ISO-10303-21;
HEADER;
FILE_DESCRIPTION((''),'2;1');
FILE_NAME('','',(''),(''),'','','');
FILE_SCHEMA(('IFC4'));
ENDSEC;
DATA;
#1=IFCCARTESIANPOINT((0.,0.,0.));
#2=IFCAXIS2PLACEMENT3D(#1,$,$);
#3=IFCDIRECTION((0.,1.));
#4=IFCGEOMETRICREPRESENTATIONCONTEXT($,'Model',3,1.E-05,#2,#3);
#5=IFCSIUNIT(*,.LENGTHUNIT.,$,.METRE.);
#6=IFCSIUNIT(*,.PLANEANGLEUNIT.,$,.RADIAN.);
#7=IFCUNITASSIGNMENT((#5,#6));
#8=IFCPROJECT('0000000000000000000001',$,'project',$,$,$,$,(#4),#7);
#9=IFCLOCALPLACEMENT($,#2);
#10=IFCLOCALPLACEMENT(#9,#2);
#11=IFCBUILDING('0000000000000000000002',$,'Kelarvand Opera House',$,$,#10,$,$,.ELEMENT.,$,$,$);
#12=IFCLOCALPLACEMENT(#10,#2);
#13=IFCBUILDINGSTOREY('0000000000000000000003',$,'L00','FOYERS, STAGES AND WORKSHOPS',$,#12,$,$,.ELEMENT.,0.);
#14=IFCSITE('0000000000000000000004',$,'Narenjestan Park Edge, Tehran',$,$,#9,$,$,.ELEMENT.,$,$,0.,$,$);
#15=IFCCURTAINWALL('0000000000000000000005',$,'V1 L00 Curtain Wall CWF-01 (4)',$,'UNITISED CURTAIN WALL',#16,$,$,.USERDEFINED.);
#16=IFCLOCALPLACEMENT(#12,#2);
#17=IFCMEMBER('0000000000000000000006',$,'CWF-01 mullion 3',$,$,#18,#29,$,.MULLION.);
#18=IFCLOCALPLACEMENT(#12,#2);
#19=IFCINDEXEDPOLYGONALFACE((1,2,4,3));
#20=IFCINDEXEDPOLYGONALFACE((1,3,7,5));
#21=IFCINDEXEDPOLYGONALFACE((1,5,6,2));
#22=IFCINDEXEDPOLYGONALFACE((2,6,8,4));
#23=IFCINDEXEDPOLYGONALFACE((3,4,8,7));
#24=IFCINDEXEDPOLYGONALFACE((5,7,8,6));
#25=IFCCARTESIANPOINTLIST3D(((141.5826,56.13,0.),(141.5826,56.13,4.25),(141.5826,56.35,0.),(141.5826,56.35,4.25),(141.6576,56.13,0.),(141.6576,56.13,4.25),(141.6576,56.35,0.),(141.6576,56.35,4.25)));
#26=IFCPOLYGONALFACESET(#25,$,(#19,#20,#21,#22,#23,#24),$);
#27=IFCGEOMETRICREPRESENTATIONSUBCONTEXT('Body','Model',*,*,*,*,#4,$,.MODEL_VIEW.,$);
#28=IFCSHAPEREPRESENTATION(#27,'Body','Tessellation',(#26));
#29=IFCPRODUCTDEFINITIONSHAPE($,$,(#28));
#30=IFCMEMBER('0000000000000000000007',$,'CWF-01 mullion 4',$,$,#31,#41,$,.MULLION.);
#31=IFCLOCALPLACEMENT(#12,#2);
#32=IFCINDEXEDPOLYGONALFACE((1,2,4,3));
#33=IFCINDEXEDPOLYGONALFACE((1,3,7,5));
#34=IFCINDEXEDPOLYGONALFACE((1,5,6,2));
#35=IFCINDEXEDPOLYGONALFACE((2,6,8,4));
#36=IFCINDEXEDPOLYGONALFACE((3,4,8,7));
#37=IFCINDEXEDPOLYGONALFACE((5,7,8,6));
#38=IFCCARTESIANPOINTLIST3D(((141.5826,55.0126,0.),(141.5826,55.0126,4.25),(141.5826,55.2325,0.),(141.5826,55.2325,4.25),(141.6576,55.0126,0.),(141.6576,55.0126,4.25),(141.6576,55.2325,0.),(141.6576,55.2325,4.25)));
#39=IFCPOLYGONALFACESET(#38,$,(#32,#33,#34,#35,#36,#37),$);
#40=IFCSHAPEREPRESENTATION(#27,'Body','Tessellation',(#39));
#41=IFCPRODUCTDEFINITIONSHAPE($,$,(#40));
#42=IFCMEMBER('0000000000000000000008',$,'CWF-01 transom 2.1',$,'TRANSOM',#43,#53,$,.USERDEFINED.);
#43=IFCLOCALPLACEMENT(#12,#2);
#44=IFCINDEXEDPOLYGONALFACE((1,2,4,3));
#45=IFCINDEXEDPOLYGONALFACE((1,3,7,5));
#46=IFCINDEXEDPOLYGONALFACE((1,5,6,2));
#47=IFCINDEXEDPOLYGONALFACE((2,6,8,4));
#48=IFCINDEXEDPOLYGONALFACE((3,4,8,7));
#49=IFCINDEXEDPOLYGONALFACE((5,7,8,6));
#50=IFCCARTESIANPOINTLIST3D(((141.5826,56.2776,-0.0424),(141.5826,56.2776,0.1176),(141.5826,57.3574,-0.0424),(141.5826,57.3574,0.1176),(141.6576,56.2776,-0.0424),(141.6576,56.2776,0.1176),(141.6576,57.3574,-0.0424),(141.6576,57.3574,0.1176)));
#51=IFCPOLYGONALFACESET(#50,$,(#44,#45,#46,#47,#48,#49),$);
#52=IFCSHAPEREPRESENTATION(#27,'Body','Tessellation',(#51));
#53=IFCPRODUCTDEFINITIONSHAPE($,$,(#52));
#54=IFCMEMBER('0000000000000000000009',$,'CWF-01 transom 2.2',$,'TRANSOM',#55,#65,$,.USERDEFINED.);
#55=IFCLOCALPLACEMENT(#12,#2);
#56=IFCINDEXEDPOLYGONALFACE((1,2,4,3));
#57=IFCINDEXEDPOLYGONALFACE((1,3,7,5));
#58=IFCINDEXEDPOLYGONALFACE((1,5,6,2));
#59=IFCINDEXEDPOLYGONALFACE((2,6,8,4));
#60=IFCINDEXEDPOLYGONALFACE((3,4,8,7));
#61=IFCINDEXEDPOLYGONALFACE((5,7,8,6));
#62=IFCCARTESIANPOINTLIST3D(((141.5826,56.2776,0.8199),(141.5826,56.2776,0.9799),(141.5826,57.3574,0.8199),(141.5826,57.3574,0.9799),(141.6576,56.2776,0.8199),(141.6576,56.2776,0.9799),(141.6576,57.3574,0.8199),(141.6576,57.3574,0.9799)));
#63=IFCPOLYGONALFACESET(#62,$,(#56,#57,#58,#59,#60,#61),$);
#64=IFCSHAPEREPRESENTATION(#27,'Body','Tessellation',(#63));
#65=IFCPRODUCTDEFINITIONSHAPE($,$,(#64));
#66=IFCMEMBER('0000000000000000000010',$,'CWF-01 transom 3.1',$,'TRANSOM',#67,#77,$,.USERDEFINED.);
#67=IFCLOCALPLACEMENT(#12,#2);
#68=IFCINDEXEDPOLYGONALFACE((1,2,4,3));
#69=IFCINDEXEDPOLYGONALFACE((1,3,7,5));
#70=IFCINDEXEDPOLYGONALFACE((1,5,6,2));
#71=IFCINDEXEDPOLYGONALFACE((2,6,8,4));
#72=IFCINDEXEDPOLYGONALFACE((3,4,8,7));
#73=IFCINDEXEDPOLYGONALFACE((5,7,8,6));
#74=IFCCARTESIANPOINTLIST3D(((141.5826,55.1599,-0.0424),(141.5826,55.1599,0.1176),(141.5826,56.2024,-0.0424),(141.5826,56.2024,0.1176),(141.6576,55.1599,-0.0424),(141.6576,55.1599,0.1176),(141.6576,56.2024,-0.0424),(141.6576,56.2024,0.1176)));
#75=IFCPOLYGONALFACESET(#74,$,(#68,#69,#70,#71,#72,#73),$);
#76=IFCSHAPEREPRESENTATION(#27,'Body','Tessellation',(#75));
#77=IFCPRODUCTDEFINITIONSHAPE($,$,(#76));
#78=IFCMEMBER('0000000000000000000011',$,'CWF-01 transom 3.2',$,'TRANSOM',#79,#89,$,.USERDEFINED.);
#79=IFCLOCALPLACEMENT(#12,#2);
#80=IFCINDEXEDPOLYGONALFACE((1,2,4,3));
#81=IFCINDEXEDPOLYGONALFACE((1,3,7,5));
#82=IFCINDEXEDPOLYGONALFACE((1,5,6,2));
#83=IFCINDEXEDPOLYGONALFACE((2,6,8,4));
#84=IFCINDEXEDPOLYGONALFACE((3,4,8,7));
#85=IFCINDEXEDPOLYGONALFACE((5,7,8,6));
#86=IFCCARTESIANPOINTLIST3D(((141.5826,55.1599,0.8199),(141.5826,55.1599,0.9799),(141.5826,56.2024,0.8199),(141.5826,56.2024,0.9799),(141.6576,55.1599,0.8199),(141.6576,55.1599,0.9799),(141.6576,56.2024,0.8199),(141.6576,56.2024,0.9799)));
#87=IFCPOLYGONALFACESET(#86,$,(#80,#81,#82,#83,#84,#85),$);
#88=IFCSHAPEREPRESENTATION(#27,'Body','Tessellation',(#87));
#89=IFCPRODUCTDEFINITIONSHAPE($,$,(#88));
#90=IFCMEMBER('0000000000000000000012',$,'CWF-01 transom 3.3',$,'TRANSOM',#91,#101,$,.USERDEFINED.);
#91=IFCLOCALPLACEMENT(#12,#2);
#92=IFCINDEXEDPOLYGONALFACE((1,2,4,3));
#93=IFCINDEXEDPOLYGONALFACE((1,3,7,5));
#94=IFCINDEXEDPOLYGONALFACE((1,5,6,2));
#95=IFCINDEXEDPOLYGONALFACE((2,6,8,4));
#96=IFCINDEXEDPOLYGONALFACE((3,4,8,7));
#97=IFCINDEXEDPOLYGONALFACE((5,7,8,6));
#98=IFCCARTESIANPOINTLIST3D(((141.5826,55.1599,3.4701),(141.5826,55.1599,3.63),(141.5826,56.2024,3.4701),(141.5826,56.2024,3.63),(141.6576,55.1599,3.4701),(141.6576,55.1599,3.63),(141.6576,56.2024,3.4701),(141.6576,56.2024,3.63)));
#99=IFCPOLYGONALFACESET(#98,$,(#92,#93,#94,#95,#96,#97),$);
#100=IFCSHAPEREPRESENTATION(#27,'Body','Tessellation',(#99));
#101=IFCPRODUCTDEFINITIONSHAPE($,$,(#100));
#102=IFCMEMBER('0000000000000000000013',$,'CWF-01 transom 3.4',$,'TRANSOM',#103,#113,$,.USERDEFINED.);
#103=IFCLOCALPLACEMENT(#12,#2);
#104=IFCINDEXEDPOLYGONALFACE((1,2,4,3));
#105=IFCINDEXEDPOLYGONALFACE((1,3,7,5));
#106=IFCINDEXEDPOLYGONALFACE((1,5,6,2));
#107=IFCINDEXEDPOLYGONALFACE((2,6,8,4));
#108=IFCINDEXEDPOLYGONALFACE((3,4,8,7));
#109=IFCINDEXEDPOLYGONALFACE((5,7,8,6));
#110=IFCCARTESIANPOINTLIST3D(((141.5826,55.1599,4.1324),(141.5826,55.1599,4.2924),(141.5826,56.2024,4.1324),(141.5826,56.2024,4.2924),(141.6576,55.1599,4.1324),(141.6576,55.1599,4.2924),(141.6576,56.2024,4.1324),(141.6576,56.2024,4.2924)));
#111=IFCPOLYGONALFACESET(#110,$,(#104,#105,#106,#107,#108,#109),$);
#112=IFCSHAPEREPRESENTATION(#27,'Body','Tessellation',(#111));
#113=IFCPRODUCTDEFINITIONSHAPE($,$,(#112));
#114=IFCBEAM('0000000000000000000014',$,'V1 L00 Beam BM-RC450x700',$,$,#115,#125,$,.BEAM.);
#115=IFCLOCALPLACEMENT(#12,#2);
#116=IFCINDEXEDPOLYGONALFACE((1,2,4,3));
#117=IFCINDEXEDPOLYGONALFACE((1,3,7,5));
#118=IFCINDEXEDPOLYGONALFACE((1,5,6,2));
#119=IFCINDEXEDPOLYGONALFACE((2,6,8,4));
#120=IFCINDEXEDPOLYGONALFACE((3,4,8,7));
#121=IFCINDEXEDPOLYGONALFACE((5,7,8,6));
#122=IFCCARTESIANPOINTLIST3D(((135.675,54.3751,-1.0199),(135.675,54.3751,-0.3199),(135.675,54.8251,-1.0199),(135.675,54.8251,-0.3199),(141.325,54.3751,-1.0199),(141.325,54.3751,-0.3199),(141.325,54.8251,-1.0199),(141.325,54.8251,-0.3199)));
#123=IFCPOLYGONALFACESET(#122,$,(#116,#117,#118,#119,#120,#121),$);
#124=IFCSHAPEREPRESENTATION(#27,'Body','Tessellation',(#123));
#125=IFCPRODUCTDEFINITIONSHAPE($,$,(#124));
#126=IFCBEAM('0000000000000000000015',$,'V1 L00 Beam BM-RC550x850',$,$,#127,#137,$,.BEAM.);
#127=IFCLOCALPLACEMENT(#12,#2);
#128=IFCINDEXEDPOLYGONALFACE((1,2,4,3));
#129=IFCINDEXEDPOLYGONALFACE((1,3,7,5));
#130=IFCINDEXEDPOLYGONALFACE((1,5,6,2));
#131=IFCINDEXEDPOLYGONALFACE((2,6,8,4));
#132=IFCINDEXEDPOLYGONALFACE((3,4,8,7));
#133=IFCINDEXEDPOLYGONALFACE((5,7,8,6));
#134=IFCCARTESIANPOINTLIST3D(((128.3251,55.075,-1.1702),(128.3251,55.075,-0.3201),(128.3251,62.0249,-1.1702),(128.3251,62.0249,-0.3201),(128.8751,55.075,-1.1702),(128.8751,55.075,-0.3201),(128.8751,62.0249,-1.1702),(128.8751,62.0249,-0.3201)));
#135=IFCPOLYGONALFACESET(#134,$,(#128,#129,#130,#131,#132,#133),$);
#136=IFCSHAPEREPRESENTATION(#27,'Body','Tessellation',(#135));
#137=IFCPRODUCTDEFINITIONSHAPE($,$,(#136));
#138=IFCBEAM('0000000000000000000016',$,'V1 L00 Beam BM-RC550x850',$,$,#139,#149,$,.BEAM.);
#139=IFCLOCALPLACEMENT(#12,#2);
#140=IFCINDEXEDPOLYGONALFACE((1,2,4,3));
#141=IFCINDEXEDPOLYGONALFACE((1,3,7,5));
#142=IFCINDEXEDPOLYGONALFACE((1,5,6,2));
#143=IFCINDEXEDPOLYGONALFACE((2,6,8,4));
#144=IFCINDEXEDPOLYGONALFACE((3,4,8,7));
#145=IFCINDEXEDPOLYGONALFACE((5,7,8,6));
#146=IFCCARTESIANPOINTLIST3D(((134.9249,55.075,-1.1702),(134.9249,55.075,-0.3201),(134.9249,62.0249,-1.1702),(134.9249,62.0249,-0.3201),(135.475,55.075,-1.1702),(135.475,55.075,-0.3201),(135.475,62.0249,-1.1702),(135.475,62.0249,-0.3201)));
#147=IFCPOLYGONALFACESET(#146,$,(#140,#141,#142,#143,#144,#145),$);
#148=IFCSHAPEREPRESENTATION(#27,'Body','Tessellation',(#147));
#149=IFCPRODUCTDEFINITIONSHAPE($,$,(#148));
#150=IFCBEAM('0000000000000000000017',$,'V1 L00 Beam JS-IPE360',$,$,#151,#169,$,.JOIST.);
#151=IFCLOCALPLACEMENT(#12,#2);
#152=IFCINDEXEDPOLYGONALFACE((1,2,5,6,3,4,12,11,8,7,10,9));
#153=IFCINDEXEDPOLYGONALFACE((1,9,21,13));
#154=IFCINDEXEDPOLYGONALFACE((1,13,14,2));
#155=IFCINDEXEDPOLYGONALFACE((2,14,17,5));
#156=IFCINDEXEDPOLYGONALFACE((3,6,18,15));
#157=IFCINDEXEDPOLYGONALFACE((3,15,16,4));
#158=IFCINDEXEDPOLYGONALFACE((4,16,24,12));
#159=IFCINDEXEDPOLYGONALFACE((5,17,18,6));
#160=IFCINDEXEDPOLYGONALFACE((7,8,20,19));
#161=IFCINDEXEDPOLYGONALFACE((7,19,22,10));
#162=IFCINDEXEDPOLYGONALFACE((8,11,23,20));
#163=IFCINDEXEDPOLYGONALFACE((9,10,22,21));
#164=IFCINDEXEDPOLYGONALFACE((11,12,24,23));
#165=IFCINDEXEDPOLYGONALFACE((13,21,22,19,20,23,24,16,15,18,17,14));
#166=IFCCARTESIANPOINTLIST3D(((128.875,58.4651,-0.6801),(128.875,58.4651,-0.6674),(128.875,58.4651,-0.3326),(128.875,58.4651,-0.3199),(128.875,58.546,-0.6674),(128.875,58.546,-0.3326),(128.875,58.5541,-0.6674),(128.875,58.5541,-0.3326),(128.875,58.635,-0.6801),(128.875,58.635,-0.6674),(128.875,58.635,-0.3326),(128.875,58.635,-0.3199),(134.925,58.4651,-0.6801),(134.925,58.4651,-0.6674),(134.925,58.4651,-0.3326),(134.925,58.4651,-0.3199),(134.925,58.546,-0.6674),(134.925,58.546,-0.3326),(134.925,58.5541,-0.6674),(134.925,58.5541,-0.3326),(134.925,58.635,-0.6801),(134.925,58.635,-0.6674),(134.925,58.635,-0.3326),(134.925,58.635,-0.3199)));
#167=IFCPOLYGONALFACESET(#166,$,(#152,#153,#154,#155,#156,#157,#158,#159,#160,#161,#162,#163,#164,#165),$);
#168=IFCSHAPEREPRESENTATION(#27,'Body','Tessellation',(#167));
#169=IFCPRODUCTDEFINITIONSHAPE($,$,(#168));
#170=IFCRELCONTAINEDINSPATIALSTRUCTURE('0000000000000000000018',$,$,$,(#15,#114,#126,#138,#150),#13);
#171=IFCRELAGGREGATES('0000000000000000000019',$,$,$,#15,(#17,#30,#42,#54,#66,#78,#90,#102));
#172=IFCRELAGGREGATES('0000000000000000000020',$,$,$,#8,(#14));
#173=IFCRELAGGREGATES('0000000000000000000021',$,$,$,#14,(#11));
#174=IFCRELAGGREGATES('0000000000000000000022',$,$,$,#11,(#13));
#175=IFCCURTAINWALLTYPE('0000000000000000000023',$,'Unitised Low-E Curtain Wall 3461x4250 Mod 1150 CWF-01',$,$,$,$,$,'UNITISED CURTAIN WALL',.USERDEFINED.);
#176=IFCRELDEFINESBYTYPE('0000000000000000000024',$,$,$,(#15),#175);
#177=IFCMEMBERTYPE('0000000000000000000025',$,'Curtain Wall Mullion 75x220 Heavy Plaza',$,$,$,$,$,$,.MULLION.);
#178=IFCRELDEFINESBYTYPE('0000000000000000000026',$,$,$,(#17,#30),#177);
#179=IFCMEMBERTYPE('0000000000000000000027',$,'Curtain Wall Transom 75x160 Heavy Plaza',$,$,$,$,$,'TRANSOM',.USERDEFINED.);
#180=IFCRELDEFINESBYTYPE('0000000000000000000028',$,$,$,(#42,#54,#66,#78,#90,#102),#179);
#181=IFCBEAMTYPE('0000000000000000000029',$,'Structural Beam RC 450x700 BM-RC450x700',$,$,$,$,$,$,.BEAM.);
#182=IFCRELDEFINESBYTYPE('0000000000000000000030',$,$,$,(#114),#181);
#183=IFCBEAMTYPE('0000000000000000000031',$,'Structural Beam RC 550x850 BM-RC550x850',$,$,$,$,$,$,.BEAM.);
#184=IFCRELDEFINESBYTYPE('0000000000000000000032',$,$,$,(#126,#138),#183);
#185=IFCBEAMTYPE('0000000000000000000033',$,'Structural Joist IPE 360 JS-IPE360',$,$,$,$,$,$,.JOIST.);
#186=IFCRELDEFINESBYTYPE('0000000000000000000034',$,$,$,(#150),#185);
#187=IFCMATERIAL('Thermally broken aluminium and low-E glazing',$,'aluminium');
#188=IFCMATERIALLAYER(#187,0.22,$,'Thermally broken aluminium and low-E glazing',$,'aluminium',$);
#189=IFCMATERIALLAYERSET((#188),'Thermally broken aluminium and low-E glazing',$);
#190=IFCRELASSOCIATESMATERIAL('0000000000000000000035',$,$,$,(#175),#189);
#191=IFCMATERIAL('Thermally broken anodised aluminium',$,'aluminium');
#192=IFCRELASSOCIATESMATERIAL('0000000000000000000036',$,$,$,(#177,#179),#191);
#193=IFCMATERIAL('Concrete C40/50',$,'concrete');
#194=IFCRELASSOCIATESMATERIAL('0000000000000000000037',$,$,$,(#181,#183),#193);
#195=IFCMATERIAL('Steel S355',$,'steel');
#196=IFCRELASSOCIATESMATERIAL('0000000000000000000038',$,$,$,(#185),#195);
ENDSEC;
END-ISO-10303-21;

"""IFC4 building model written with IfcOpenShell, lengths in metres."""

from ifc_helpers import new_model, si_unit, direction, frame, origin, origin_2d, place, context, subcontext, project, spatial, rectangle, i_section, extrude, material, layer, layer_set, material_profile, profile_set, type_object, element, aggregate, save


model = new_model("IFC4")

# Units and contexts
model_context = context("Model", 3, precision=1e-05, world=origin(), true_north=direction((0.0, 1.0)))
body_context = subcontext(model_context, "Body", "Model", "MODEL_VIEW")
ifc_project = project(units=[si_unit("LENGTHUNIT", "METRE"), si_unit("PLANEANGLEUNIT", "RADIAN")], contexts=[model_context])

# Site, building, storey
site_placement = place(None, origin())
site = spatial("IfcSite", under=ifc_project, at=site_placement, Name="Narenjestan Park Edge, Tehran", CompositionType="ELEMENT", RefElevation=0.0)
building_placement = place(site_placement, origin())
building = spatial("IfcBuilding", under=site, at=building_placement, Name="Kelarvand Opera House", CompositionType="ELEMENT")
storey_placement = place(building_placement, origin())
storey = spatial("IfcBuildingStorey", under=building, at=storey_placement, Name="L00", Description="FOYERS, STAGES AND WORKSHOPS", CompositionType="ELEMENT", Elevation=0.0)

# Curtain wall, members
ifc_material_1 = material(Name="Thermally broken aluminium and low-E glazing", Category="aluminium")
ifc_layer_1 = layer(ifc_material_1, 0.22, Name="Thermally broken aluminium and low-E glazing", Category="aluminium")
ifc_layer_set_1 = layer_set([ifc_layer_1], Name="Thermally broken aluminium and low-E glazing")
curtain_wall_type = type_object("IfcCurtainWallType", Name="Unitised Low-E Curtain Wall 3461x4250 Mod 1150 CWF-01", ElementType="UNITISED CURTAIN WALL", PredefinedType="USERDEFINED", material=ifc_layer_set_1)
curtain_wall_placement = place(storey_placement, origin())
curtain_wall = element("IfcCurtainWall", 1, at=curtain_wall_placement, inside=storey, type_object=curtain_wall_type, Name="V1 L00 Curtain Wall CWF-01 (4)", ObjectType="UNITISED CURTAIN WALL", PredefinedType="USERDEFINED")
ifc_material_2 = material(Name="Thermally broken anodised aluminium", Category="aluminium")
ifc_material_profile_1 = material_profile(ifc_material_2, rectangle(XDim=0.075, YDim=0.22, at=origin_2d()), Name="ALU MULLION 75x220", Category="aluminium")
ifc_profile_set_1 = profile_set([ifc_material_profile_1], Name="Thermally broken anodised aluminium")
member_type_1 = type_object("IfcMemberType", Name="Curtain Wall Mullion 75x220 Heavy Plaza", PredefinedType="MULLION", material=ifc_profile_set_1)
member_1_placement = place(storey_placement, frame((141.6201, 56.24, 0.0), z_axis=(0.0, 0.0, 1.0), x_axis=(1.0, 0.0, 0.0)))
member_1 = element("IfcMember", 2, at=member_1_placement, type_object=member_type_1, Name="CWF-01 mullion 3", PredefinedType="MULLION", context=body_context, shape_type="SweptSolid", body=[
    extrude(rectangle(XDim=0.075, YDim=0.22, at=origin_2d()), origin(), (0.0, 0.0, 1.0), 4.25),
])
member_2_placement = place(storey_placement, frame((141.6201, 55.1226, 0.0), z_axis=(0.0, 0.0, 1.0), x_axis=(1.0, 0.0, 0.0)))
member_2 = element("IfcMember", 3, at=member_2_placement, type_object=member_type_1, Name="CWF-01 mullion 4", PredefinedType="MULLION", context=body_context, shape_type="SweptSolid", body=[
    extrude(rectangle(XDim=0.075, YDim=0.22, at=origin_2d()), origin(), (0.0, 0.0, 1.0), 4.25),
])
ifc_material_profile_2 = material_profile(ifc_material_2, rectangle(XDim=0.075, YDim=0.1599, at=origin_2d()), Name="ALU TRANSOM 75x160", Category="aluminium")
ifc_profile_set_2 = profile_set([ifc_material_profile_2], Name="Thermally broken anodised aluminium")
member_type_2 = type_object("IfcMemberType", Name="Curtain Wall Transom 75x160 Heavy Plaza", ElementType="TRANSOM", PredefinedType="USERDEFINED", material=ifc_profile_set_2)
member_3_placement = place(storey_placement, frame((141.6201, 57.3574, 0.0376), z_axis=(0.0, -1.0, 0.0), x_axis=(1.0, 0.0, 0.0)))
member_3 = element("IfcMember", 4, at=member_3_placement, type_object=member_type_2, Name="CWF-01 transom 2.1", ObjectType="TRANSOM", PredefinedType="USERDEFINED", context=body_context, shape_type="SweptSolid", body=[
    extrude(rectangle(XDim=0.075, YDim=0.1599, at=origin_2d()), origin(), (0.0, 0.0, 1.0), 1.0798),
])
member_4_placement = place(storey_placement, frame((141.6201, 57.3574, 0.8999), z_axis=(0.0, -1.0, 0.0), x_axis=(1.0, 0.0, 0.0)))
member_4 = element("IfcMember", 5, at=member_4_placement, type_object=member_type_2, Name="CWF-01 transom 2.2", ObjectType="TRANSOM", PredefinedType="USERDEFINED", context=body_context, shape_type="SweptSolid", body=[
    extrude(rectangle(XDim=0.075, YDim=0.1599, at=origin_2d()), origin(), (0.0, 0.0, 1.0), 1.0798),
])
member_5_placement = place(storey_placement, frame((141.6201, 56.2024, 0.0376), z_axis=(0.0, -1.0, 0.0), x_axis=(1.0, 0.0, 0.0)))
member_5 = element("IfcMember", 6, at=member_5_placement, type_object=member_type_2, Name="CWF-01 transom 3.1", ObjectType="TRANSOM", PredefinedType="USERDEFINED", context=body_context, shape_type="SweptSolid", body=[
    extrude(rectangle(XDim=0.075, YDim=0.1599, at=origin_2d()), origin(), (0.0, 0.0, 1.0), 1.0425),
])
member_6_placement = place(storey_placement, frame((141.6201, 56.2024, 0.8999), z_axis=(0.0, -1.0, 0.0), x_axis=(1.0, 0.0, 0.0)))
member_6 = element("IfcMember", 7, at=member_6_placement, type_object=member_type_2, Name="CWF-01 transom 3.2", ObjectType="TRANSOM", PredefinedType="USERDEFINED", context=body_context, shape_type="SweptSolid", body=[
    extrude(rectangle(XDim=0.075, YDim=0.1599, at=origin_2d()), origin(), (0.0, 0.0, 1.0), 1.0425),
])
member_7_placement = place(storey_placement, frame((141.6201, 56.2024, 3.55), z_axis=(0.0, -1.0, 0.0), x_axis=(1.0, 0.0, 0.0)))
member_7 = element("IfcMember", 8, at=member_7_placement, type_object=member_type_2, Name="CWF-01 transom 3.3", ObjectType="TRANSOM", PredefinedType="USERDEFINED", context=body_context, shape_type="SweptSolid", body=[
    extrude(rectangle(XDim=0.075, YDim=0.1599, at=origin_2d()), origin(), (0.0, 0.0, 1.0), 1.0425),
])
member_8_placement = place(storey_placement, frame((141.6201, 56.2024, 4.2124), z_axis=(0.0, -1.0, 0.0), x_axis=(1.0, 0.0, 0.0)))
member_8 = element("IfcMember", 9, at=member_8_placement, type_object=member_type_2, Name="CWF-01 transom 3.4", ObjectType="TRANSOM", PredefinedType="USERDEFINED", context=body_context, shape_type="SweptSolid", body=[
    extrude(rectangle(XDim=0.075, YDim=0.1599, at=origin_2d()), origin(), (0.0, 0.0, 1.0), 1.0425),
])

# Beams
ifc_material_3 = material(Name="Concrete C40/50", Category="concrete")
ifc_material_profile_3 = material_profile(ifc_material_3, rectangle(XDim=0.45, YDim=0.7, at=origin_2d()), Name="RC 450x700", Category="concrete")
ifc_profile_set_3 = profile_set([ifc_material_profile_3], Name="Concrete C40/50")
beam_type_1 = type_object("IfcBeamType", Name="Structural Beam RC 450x700 BM-RC450x700", PredefinedType="BEAM", material=ifc_profile_set_3)
beam_1_placement = place(storey_placement, frame((135.675, 54.6001, -0.6699), z_axis=(1.0, 0.0, 0.0), x_axis=(0.0, 1.0, 0.0)))
element("IfcBeam", 10, at=beam_1_placement, inside=storey, type_object=beam_type_1, Name="V1 L00 Beam BM-RC450x700", PredefinedType="BEAM", context=body_context, shape_type="SweptSolid", body=[
    extrude(rectangle(XDim=0.45, YDim=0.7, at=origin_2d()), origin(), (0.0, 0.0, 1.0), 5.6499),
])
ifc_material_profile_4 = material_profile(ifc_material_3, rectangle(XDim=0.55, YDim=0.8501, at=origin_2d()), Name="RC 550x850", Category="concrete")
ifc_profile_set_4 = profile_set([ifc_material_profile_4], Name="Concrete C40/50")
beam_type_2 = type_object("IfcBeamType", Name="Structural Beam RC 550x850 BM-RC550x850", PredefinedType="BEAM", material=ifc_profile_set_4)
for number, where, z_axis, x_axis, name in (
    (11, (128.6001, 55.075, -0.7451), (0.0, 1.0, 0.0), (-1.0, 0.0, 0.0), "V1 L00 Beam BM-RC550x850"),
    (12, (135.2, 55.075, -0.7451), (0.0, 1.0, 0.0), (-1.0, 0.0, 0.0), "V1 L00 Beam BM-RC550x850"),
):
    element("IfcBeam", number, at=place(storey_placement, frame(where, z_axis=z_axis, x_axis=x_axis)), inside=storey, type_object=beam_type_2, Name=name, PredefinedType="BEAM", context=body_context, shape_type="SweptSolid", body=[
        extrude(rectangle(XDim=0.55, YDim=0.8501, at=origin_2d()), origin(), (0.0, 0.0, 1.0), 6.95),
    ])
ifc_material_4 = material(Name="Steel S355", Category="steel")
ifc_material_profile_5 = material_profile(ifc_material_4, i_section(OverallWidth=0.1699, OverallDepth=0.3601, WebThickness=0.0081, FlangeThickness=0.0127, at=origin_2d()), Name="IPE 360", Category="steel")
ifc_profile_set_5 = profile_set([ifc_material_profile_5], Name="Steel S355")
beam_type_3 = type_object("IfcBeamType", Name="Structural Joist IPE 360 JS-IPE360", PredefinedType="JOIST", material=ifc_profile_set_5)
beam_2_placement = place(storey_placement, frame((128.875, 58.55, -0.5), z_axis=(1.0, 0.0, 0.0), x_axis=(0.0, 1.0, 0.0)))
element("IfcBeam", 13, at=beam_2_placement, inside=storey, type_object=beam_type_3, Name="V1 L00 Beam JS-IPE360", PredefinedType="JOIST", context=body_context, shape_type="SweptSolid", body=[
    extrude(i_section(OverallWidth=0.1699, OverallDepth=0.3601, WebThickness=0.0081, FlangeThickness=0.0127, at=origin_2d()), origin(), (0.0, 0.0, 1.0), 6.05),
])

aggregate(curtain_wall, [member_1, member_2, member_3, member_4, member_5, member_6, member_7, member_8])

save(model, "model.ifc")
